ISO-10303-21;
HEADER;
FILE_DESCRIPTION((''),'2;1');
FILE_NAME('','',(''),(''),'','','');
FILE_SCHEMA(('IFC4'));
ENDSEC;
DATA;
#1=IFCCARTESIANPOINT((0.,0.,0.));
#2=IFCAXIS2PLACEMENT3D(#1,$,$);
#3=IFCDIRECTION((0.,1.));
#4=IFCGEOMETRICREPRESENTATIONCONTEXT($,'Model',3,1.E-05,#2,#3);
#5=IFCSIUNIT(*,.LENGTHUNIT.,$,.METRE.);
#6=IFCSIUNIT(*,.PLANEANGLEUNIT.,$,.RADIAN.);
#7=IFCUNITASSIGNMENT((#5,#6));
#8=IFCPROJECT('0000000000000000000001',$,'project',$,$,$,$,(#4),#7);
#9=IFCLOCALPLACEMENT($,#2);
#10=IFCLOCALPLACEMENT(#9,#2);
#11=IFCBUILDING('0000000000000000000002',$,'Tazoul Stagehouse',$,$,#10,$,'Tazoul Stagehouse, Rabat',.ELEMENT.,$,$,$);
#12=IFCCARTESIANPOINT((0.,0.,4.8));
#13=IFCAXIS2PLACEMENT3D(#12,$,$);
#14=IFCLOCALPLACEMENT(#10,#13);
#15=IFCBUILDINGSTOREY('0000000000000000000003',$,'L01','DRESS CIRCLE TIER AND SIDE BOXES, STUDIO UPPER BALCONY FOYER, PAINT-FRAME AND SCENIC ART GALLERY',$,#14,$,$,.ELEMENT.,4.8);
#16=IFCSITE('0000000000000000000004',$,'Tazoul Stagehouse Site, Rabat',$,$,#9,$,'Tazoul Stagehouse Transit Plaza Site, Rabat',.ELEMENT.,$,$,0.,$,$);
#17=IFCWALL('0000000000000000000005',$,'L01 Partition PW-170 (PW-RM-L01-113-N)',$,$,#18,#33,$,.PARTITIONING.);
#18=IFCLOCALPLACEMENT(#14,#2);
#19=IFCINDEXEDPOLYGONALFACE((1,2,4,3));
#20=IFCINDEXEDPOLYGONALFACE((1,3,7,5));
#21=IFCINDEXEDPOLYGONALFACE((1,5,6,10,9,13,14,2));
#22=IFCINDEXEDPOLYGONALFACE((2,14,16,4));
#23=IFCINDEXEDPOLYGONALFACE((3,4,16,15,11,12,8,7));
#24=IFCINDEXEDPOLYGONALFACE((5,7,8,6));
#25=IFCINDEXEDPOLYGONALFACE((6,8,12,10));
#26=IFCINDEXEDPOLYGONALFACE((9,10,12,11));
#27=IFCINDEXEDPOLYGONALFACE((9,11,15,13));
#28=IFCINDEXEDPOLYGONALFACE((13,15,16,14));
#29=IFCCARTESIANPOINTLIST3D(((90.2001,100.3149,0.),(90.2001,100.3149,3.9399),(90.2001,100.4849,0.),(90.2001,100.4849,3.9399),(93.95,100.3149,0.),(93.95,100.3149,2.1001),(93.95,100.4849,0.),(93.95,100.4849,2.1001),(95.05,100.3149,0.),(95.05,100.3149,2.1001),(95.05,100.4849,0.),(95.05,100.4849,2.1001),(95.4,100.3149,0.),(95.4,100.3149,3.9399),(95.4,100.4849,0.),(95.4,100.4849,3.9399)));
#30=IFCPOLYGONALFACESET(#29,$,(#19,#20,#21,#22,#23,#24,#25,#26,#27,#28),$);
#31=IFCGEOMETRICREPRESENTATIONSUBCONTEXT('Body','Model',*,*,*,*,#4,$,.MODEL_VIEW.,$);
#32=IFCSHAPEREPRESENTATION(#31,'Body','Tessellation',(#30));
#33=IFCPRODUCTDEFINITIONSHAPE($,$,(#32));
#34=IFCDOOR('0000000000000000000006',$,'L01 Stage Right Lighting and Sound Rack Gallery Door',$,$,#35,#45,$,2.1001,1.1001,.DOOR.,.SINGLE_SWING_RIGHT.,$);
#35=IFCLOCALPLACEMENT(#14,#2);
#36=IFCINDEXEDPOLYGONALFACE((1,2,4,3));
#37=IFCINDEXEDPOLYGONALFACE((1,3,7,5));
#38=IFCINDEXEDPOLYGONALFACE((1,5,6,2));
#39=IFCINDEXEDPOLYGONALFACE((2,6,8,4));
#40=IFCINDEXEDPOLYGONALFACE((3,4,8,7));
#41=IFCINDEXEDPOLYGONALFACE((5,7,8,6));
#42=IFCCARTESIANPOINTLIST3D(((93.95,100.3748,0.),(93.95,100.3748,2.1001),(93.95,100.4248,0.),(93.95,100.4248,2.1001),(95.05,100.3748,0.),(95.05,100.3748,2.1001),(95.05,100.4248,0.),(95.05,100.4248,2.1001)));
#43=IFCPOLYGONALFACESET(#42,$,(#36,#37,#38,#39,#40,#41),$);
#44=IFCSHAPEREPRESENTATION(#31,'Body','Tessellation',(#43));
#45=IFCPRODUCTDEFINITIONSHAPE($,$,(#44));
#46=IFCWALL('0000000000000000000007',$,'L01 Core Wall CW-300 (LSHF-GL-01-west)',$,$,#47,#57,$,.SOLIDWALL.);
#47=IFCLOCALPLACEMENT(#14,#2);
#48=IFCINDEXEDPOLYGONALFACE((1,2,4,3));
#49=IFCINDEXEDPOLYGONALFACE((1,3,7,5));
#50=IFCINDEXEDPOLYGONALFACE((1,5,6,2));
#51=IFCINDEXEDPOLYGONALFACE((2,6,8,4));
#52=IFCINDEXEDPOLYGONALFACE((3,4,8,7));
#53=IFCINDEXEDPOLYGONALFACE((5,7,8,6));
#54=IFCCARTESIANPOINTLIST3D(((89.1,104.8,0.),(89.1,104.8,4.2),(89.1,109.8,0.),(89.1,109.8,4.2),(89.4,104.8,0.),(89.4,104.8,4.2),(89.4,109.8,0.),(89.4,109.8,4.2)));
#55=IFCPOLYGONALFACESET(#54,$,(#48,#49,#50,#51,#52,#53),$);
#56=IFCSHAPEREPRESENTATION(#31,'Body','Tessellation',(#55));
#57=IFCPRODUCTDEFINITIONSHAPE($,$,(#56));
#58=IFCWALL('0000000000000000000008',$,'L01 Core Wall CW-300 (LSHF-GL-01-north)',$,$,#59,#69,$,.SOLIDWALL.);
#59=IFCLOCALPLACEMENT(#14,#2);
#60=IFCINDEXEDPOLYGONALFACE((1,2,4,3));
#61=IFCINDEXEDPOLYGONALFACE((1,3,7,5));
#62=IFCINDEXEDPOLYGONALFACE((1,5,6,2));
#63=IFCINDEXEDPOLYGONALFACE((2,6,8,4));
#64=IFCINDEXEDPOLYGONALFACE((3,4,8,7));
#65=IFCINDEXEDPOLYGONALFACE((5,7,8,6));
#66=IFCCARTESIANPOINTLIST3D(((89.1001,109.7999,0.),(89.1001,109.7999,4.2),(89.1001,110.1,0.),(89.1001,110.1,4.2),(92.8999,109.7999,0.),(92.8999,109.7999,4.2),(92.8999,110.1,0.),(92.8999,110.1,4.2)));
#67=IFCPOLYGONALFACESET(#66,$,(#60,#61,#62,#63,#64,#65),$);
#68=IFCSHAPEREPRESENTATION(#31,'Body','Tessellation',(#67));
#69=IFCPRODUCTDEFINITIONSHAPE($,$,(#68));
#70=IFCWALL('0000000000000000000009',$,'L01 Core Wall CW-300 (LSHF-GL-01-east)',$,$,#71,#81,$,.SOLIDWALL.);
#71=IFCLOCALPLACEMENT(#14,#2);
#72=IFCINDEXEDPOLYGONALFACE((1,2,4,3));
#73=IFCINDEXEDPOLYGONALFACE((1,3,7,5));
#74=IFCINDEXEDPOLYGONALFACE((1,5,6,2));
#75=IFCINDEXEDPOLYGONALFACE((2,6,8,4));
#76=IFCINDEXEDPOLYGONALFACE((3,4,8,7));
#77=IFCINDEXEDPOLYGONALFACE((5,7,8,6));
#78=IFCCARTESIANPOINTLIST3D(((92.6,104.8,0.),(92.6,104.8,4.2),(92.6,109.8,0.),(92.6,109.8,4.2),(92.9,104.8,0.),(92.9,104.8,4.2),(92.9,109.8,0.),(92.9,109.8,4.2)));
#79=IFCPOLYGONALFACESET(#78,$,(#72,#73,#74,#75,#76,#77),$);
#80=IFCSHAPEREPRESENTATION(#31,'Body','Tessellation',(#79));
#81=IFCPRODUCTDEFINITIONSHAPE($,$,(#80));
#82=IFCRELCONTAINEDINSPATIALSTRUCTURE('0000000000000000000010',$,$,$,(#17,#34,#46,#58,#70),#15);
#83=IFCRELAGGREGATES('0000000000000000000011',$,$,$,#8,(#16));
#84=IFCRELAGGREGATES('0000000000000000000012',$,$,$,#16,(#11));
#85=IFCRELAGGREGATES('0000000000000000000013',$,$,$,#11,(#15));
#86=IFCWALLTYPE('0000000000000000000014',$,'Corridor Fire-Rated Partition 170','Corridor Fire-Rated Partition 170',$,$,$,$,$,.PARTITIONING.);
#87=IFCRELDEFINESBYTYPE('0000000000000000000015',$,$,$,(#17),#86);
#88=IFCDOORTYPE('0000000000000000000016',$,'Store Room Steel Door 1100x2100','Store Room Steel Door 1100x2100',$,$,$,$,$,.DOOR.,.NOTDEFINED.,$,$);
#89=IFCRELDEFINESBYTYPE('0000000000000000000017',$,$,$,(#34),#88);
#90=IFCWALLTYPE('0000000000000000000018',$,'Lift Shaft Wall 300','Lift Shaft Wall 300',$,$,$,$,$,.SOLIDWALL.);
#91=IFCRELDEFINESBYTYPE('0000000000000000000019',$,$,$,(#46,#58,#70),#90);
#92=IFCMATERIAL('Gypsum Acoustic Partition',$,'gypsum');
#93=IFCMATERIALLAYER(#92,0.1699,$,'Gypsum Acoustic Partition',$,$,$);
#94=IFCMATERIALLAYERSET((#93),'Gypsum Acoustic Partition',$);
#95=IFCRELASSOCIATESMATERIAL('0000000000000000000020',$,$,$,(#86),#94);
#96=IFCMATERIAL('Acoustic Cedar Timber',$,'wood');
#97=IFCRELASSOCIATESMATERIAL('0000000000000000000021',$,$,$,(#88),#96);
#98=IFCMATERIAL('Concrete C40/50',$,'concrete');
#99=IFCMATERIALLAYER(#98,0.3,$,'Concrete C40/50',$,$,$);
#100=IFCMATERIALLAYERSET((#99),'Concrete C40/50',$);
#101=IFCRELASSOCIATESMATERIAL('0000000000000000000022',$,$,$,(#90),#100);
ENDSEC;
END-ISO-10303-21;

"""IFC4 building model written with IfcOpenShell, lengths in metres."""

from ifc_helpers import new_model, si_unit, direction, frame, frame_2d, origin, place, context, subcontext, project, spatial, rectangle, extrude, material, layer, layer_set, type_object, element, fill, save


model = new_model("IFC4")

# Units and contexts
model_context = context("Model", 3, precision=1e-05, world=origin(), true_north=direction((0.0, 1.0)))
body_context = subcontext(model_context, "Body", "Model", "MODEL_VIEW")
ifc_project = project(units=[si_unit("LENGTHUNIT", "METRE"), si_unit("PLANEANGLEUNIT", "RADIAN")], contexts=[model_context])

# Site, building, storey
site_placement = place(None, origin())
site = spatial("IfcSite", under=ifc_project, at=site_placement, Name="Tazoul Stagehouse Site, Rabat", LongName="Tazoul Stagehouse Transit Plaza Site, Rabat", CompositionType="ELEMENT", RefElevation=0.0)
building_placement = place(site_placement, origin())
building = spatial("IfcBuilding", under=site, at=building_placement, Name="Tazoul Stagehouse", LongName="Tazoul Stagehouse, Rabat", CompositionType="ELEMENT")
storey_placement = place(building_placement, frame((0.0, 0.0, 4.8)))
storey = spatial("IfcBuildingStorey", under=building, at=storey_placement, Name="L01", Description="DRESS CIRCLE TIER AND SIDE BOXES, STUDIO UPPER BALCONY FOYER, PAINT-FRAME AND SCENIC ART GALLERY", CompositionType="ELEMENT", Elevation=4.8)

# Shared definitions
ifc_material_1 = material(Name="Concrete C40/50", Category="concrete")

# Wall, opening, door
ifc_material_2 = material(Name="Gypsum Acoustic Partition", Category="gypsum")
ifc_layer_1 = layer(ifc_material_2, 0.1699, Name="Gypsum Acoustic Partition")
ifc_layer_set_1 = layer_set([ifc_layer_1], Name="Gypsum Acoustic Partition")
wall_type_1 = type_object("IfcWallType", Name="Corridor Fire-Rated Partition 170", Description="Corridor Fire-Rated Partition 170", PredefinedType="PARTITIONING", material=ifc_layer_set_1)
wall_1_placement = place(storey_placement, frame((90.2, 100.3999, 0.0), z_axis=(0.0, 0.0, 1.0), x_axis=(1.0, 0.0, 0.0)))
wall_1 = element("IfcWall", 1, at=wall_1_placement, inside=storey, type_object=wall_type_1, Name="L01 Partition PW-170 (PW-RM-L01-113-N)", PredefinedType="PARTITIONING", context=body_context, shape_type="SweptSolid", body=[
    extrude(rectangle(XDim=5.2, YDim=0.1699, at=frame_2d((2.6001, 0.0))), origin(), (0.0, 0.0, 1.0), 3.9399),
])
opening_1_placement = place(wall_1_placement, frame((3.75, 0.0, 0.0)))
opening_1 = element("IfcOpeningElement", 2, at=opening_1_placement, cuts=wall_1, PredefinedType="OPENING", context=body_context, shape_type="SweptSolid", body=[
    extrude(rectangle(XDim=1.1001, YDim=2.1001, at=frame_2d((0.55, 1.05))), frame((0.0, 0.105, 0.0), z_axis=(0.0, -1.0, 0.0), x_axis=(1.0, 0.0, 0.0)), (0.0, 0.0, 1.0), 0.21),
])
ifc_material_3 = material(Name="Acoustic Cedar Timber", Category="wood")
door_type_1 = type_object("IfcDoorType", Name="Store Room Steel Door 1100x2100", Description="Store Room Steel Door 1100x2100", OperationType="NOTDEFINED", PredefinedType="DOOR", material=ifc_material_3)
door_1_placement = place(opening_1_placement, origin())
door_1 = element("IfcDoor", 3, at=door_1_placement, inside=storey, type_object=door_type_1, Name="L01 Stage Right Lighting and Sound Rack Gallery Door", OperationType="SINGLE_SWING_RIGHT", OverallHeight=2.1001, OverallWidth=1.1001, PredefinedType="DOOR", context=body_context, shape_type="SweptSolid", body=[
    extrude(rectangle(XDim=1.1001, YDim=2.1001, at=frame_2d((0.55, 1.05))), frame((0.0, 0.0249, 0.0), z_axis=(0.0, -1.0, 0.0), x_axis=(1.0, 0.0, 0.0)), (0.0, 0.0, 1.0), 0.05),
])
fill(opening_1, door_1)
ifc_layer_2 = layer(ifc_material_1, 0.3, Name="Concrete C40/50")
ifc_layer_set_2 = layer_set([ifc_layer_2], Name="Concrete C40/50")
wall_type_2 = type_object("IfcWallType", Name="Lift Shaft Wall 300", Description="Lift Shaft Wall 300", PredefinedType="SOLIDWALL", material=ifc_layer_set_2)

# Walls
wall_2_placement = place(storey_placement, frame((89.25, 104.8, 0.0), z_axis=(0.0, 0.0, 1.0), x_axis=(0.0, 1.0, 0.0)))
element("IfcWall", 4, at=wall_2_placement, inside=storey, type_object=wall_type_2, Name="L01 Core Wall CW-300 (LSHF-GL-01-west)", PredefinedType="SOLIDWALL", context=body_context, shape_type="SweptSolid", body=[
    extrude(rectangle(XDim=5.0, YDim=0.3, at=frame_2d((2.5, 0.0))), origin(), (0.0, 0.0, 1.0), 4.2),
])
wall_3_placement = place(storey_placement, frame((89.1001, 109.95, 0.0), z_axis=(0.0, 0.0, 1.0), x_axis=(1.0, 0.0, 0.0)))
element("IfcWall", 5, at=wall_3_placement, inside=storey, type_object=wall_type_2, Name="L01 Core Wall CW-300 (LSHF-GL-01-north)", PredefinedType="SOLIDWALL", context=body_context, shape_type="SweptSolid", body=[
    extrude(rectangle(XDim=3.7998, YDim=0.3, at=frame_2d((1.8999, 0.0))), origin(), (0.0, 0.0, 1.0), 4.2),
])
wall_4_placement = place(storey_placement, frame((92.75, 109.8, 0.0), z_axis=(0.0, 0.0, 1.0), x_axis=(0.0, -1.0, 0.0)))
element("IfcWall", 6, at=wall_4_placement, inside=storey, type_object=wall_type_2, Name="L01 Core Wall CW-300 (LSHF-GL-01-east)", PredefinedType="SOLIDWALL", context=body_context, shape_type="SweptSolid", body=[
    extrude(rectangle(XDim=5.0, YDim=0.3, at=frame_2d((2.5, 0.0))), origin(), (0.0, 0.0, 1.0), 4.2),
])

save(model, "model.ifc")
